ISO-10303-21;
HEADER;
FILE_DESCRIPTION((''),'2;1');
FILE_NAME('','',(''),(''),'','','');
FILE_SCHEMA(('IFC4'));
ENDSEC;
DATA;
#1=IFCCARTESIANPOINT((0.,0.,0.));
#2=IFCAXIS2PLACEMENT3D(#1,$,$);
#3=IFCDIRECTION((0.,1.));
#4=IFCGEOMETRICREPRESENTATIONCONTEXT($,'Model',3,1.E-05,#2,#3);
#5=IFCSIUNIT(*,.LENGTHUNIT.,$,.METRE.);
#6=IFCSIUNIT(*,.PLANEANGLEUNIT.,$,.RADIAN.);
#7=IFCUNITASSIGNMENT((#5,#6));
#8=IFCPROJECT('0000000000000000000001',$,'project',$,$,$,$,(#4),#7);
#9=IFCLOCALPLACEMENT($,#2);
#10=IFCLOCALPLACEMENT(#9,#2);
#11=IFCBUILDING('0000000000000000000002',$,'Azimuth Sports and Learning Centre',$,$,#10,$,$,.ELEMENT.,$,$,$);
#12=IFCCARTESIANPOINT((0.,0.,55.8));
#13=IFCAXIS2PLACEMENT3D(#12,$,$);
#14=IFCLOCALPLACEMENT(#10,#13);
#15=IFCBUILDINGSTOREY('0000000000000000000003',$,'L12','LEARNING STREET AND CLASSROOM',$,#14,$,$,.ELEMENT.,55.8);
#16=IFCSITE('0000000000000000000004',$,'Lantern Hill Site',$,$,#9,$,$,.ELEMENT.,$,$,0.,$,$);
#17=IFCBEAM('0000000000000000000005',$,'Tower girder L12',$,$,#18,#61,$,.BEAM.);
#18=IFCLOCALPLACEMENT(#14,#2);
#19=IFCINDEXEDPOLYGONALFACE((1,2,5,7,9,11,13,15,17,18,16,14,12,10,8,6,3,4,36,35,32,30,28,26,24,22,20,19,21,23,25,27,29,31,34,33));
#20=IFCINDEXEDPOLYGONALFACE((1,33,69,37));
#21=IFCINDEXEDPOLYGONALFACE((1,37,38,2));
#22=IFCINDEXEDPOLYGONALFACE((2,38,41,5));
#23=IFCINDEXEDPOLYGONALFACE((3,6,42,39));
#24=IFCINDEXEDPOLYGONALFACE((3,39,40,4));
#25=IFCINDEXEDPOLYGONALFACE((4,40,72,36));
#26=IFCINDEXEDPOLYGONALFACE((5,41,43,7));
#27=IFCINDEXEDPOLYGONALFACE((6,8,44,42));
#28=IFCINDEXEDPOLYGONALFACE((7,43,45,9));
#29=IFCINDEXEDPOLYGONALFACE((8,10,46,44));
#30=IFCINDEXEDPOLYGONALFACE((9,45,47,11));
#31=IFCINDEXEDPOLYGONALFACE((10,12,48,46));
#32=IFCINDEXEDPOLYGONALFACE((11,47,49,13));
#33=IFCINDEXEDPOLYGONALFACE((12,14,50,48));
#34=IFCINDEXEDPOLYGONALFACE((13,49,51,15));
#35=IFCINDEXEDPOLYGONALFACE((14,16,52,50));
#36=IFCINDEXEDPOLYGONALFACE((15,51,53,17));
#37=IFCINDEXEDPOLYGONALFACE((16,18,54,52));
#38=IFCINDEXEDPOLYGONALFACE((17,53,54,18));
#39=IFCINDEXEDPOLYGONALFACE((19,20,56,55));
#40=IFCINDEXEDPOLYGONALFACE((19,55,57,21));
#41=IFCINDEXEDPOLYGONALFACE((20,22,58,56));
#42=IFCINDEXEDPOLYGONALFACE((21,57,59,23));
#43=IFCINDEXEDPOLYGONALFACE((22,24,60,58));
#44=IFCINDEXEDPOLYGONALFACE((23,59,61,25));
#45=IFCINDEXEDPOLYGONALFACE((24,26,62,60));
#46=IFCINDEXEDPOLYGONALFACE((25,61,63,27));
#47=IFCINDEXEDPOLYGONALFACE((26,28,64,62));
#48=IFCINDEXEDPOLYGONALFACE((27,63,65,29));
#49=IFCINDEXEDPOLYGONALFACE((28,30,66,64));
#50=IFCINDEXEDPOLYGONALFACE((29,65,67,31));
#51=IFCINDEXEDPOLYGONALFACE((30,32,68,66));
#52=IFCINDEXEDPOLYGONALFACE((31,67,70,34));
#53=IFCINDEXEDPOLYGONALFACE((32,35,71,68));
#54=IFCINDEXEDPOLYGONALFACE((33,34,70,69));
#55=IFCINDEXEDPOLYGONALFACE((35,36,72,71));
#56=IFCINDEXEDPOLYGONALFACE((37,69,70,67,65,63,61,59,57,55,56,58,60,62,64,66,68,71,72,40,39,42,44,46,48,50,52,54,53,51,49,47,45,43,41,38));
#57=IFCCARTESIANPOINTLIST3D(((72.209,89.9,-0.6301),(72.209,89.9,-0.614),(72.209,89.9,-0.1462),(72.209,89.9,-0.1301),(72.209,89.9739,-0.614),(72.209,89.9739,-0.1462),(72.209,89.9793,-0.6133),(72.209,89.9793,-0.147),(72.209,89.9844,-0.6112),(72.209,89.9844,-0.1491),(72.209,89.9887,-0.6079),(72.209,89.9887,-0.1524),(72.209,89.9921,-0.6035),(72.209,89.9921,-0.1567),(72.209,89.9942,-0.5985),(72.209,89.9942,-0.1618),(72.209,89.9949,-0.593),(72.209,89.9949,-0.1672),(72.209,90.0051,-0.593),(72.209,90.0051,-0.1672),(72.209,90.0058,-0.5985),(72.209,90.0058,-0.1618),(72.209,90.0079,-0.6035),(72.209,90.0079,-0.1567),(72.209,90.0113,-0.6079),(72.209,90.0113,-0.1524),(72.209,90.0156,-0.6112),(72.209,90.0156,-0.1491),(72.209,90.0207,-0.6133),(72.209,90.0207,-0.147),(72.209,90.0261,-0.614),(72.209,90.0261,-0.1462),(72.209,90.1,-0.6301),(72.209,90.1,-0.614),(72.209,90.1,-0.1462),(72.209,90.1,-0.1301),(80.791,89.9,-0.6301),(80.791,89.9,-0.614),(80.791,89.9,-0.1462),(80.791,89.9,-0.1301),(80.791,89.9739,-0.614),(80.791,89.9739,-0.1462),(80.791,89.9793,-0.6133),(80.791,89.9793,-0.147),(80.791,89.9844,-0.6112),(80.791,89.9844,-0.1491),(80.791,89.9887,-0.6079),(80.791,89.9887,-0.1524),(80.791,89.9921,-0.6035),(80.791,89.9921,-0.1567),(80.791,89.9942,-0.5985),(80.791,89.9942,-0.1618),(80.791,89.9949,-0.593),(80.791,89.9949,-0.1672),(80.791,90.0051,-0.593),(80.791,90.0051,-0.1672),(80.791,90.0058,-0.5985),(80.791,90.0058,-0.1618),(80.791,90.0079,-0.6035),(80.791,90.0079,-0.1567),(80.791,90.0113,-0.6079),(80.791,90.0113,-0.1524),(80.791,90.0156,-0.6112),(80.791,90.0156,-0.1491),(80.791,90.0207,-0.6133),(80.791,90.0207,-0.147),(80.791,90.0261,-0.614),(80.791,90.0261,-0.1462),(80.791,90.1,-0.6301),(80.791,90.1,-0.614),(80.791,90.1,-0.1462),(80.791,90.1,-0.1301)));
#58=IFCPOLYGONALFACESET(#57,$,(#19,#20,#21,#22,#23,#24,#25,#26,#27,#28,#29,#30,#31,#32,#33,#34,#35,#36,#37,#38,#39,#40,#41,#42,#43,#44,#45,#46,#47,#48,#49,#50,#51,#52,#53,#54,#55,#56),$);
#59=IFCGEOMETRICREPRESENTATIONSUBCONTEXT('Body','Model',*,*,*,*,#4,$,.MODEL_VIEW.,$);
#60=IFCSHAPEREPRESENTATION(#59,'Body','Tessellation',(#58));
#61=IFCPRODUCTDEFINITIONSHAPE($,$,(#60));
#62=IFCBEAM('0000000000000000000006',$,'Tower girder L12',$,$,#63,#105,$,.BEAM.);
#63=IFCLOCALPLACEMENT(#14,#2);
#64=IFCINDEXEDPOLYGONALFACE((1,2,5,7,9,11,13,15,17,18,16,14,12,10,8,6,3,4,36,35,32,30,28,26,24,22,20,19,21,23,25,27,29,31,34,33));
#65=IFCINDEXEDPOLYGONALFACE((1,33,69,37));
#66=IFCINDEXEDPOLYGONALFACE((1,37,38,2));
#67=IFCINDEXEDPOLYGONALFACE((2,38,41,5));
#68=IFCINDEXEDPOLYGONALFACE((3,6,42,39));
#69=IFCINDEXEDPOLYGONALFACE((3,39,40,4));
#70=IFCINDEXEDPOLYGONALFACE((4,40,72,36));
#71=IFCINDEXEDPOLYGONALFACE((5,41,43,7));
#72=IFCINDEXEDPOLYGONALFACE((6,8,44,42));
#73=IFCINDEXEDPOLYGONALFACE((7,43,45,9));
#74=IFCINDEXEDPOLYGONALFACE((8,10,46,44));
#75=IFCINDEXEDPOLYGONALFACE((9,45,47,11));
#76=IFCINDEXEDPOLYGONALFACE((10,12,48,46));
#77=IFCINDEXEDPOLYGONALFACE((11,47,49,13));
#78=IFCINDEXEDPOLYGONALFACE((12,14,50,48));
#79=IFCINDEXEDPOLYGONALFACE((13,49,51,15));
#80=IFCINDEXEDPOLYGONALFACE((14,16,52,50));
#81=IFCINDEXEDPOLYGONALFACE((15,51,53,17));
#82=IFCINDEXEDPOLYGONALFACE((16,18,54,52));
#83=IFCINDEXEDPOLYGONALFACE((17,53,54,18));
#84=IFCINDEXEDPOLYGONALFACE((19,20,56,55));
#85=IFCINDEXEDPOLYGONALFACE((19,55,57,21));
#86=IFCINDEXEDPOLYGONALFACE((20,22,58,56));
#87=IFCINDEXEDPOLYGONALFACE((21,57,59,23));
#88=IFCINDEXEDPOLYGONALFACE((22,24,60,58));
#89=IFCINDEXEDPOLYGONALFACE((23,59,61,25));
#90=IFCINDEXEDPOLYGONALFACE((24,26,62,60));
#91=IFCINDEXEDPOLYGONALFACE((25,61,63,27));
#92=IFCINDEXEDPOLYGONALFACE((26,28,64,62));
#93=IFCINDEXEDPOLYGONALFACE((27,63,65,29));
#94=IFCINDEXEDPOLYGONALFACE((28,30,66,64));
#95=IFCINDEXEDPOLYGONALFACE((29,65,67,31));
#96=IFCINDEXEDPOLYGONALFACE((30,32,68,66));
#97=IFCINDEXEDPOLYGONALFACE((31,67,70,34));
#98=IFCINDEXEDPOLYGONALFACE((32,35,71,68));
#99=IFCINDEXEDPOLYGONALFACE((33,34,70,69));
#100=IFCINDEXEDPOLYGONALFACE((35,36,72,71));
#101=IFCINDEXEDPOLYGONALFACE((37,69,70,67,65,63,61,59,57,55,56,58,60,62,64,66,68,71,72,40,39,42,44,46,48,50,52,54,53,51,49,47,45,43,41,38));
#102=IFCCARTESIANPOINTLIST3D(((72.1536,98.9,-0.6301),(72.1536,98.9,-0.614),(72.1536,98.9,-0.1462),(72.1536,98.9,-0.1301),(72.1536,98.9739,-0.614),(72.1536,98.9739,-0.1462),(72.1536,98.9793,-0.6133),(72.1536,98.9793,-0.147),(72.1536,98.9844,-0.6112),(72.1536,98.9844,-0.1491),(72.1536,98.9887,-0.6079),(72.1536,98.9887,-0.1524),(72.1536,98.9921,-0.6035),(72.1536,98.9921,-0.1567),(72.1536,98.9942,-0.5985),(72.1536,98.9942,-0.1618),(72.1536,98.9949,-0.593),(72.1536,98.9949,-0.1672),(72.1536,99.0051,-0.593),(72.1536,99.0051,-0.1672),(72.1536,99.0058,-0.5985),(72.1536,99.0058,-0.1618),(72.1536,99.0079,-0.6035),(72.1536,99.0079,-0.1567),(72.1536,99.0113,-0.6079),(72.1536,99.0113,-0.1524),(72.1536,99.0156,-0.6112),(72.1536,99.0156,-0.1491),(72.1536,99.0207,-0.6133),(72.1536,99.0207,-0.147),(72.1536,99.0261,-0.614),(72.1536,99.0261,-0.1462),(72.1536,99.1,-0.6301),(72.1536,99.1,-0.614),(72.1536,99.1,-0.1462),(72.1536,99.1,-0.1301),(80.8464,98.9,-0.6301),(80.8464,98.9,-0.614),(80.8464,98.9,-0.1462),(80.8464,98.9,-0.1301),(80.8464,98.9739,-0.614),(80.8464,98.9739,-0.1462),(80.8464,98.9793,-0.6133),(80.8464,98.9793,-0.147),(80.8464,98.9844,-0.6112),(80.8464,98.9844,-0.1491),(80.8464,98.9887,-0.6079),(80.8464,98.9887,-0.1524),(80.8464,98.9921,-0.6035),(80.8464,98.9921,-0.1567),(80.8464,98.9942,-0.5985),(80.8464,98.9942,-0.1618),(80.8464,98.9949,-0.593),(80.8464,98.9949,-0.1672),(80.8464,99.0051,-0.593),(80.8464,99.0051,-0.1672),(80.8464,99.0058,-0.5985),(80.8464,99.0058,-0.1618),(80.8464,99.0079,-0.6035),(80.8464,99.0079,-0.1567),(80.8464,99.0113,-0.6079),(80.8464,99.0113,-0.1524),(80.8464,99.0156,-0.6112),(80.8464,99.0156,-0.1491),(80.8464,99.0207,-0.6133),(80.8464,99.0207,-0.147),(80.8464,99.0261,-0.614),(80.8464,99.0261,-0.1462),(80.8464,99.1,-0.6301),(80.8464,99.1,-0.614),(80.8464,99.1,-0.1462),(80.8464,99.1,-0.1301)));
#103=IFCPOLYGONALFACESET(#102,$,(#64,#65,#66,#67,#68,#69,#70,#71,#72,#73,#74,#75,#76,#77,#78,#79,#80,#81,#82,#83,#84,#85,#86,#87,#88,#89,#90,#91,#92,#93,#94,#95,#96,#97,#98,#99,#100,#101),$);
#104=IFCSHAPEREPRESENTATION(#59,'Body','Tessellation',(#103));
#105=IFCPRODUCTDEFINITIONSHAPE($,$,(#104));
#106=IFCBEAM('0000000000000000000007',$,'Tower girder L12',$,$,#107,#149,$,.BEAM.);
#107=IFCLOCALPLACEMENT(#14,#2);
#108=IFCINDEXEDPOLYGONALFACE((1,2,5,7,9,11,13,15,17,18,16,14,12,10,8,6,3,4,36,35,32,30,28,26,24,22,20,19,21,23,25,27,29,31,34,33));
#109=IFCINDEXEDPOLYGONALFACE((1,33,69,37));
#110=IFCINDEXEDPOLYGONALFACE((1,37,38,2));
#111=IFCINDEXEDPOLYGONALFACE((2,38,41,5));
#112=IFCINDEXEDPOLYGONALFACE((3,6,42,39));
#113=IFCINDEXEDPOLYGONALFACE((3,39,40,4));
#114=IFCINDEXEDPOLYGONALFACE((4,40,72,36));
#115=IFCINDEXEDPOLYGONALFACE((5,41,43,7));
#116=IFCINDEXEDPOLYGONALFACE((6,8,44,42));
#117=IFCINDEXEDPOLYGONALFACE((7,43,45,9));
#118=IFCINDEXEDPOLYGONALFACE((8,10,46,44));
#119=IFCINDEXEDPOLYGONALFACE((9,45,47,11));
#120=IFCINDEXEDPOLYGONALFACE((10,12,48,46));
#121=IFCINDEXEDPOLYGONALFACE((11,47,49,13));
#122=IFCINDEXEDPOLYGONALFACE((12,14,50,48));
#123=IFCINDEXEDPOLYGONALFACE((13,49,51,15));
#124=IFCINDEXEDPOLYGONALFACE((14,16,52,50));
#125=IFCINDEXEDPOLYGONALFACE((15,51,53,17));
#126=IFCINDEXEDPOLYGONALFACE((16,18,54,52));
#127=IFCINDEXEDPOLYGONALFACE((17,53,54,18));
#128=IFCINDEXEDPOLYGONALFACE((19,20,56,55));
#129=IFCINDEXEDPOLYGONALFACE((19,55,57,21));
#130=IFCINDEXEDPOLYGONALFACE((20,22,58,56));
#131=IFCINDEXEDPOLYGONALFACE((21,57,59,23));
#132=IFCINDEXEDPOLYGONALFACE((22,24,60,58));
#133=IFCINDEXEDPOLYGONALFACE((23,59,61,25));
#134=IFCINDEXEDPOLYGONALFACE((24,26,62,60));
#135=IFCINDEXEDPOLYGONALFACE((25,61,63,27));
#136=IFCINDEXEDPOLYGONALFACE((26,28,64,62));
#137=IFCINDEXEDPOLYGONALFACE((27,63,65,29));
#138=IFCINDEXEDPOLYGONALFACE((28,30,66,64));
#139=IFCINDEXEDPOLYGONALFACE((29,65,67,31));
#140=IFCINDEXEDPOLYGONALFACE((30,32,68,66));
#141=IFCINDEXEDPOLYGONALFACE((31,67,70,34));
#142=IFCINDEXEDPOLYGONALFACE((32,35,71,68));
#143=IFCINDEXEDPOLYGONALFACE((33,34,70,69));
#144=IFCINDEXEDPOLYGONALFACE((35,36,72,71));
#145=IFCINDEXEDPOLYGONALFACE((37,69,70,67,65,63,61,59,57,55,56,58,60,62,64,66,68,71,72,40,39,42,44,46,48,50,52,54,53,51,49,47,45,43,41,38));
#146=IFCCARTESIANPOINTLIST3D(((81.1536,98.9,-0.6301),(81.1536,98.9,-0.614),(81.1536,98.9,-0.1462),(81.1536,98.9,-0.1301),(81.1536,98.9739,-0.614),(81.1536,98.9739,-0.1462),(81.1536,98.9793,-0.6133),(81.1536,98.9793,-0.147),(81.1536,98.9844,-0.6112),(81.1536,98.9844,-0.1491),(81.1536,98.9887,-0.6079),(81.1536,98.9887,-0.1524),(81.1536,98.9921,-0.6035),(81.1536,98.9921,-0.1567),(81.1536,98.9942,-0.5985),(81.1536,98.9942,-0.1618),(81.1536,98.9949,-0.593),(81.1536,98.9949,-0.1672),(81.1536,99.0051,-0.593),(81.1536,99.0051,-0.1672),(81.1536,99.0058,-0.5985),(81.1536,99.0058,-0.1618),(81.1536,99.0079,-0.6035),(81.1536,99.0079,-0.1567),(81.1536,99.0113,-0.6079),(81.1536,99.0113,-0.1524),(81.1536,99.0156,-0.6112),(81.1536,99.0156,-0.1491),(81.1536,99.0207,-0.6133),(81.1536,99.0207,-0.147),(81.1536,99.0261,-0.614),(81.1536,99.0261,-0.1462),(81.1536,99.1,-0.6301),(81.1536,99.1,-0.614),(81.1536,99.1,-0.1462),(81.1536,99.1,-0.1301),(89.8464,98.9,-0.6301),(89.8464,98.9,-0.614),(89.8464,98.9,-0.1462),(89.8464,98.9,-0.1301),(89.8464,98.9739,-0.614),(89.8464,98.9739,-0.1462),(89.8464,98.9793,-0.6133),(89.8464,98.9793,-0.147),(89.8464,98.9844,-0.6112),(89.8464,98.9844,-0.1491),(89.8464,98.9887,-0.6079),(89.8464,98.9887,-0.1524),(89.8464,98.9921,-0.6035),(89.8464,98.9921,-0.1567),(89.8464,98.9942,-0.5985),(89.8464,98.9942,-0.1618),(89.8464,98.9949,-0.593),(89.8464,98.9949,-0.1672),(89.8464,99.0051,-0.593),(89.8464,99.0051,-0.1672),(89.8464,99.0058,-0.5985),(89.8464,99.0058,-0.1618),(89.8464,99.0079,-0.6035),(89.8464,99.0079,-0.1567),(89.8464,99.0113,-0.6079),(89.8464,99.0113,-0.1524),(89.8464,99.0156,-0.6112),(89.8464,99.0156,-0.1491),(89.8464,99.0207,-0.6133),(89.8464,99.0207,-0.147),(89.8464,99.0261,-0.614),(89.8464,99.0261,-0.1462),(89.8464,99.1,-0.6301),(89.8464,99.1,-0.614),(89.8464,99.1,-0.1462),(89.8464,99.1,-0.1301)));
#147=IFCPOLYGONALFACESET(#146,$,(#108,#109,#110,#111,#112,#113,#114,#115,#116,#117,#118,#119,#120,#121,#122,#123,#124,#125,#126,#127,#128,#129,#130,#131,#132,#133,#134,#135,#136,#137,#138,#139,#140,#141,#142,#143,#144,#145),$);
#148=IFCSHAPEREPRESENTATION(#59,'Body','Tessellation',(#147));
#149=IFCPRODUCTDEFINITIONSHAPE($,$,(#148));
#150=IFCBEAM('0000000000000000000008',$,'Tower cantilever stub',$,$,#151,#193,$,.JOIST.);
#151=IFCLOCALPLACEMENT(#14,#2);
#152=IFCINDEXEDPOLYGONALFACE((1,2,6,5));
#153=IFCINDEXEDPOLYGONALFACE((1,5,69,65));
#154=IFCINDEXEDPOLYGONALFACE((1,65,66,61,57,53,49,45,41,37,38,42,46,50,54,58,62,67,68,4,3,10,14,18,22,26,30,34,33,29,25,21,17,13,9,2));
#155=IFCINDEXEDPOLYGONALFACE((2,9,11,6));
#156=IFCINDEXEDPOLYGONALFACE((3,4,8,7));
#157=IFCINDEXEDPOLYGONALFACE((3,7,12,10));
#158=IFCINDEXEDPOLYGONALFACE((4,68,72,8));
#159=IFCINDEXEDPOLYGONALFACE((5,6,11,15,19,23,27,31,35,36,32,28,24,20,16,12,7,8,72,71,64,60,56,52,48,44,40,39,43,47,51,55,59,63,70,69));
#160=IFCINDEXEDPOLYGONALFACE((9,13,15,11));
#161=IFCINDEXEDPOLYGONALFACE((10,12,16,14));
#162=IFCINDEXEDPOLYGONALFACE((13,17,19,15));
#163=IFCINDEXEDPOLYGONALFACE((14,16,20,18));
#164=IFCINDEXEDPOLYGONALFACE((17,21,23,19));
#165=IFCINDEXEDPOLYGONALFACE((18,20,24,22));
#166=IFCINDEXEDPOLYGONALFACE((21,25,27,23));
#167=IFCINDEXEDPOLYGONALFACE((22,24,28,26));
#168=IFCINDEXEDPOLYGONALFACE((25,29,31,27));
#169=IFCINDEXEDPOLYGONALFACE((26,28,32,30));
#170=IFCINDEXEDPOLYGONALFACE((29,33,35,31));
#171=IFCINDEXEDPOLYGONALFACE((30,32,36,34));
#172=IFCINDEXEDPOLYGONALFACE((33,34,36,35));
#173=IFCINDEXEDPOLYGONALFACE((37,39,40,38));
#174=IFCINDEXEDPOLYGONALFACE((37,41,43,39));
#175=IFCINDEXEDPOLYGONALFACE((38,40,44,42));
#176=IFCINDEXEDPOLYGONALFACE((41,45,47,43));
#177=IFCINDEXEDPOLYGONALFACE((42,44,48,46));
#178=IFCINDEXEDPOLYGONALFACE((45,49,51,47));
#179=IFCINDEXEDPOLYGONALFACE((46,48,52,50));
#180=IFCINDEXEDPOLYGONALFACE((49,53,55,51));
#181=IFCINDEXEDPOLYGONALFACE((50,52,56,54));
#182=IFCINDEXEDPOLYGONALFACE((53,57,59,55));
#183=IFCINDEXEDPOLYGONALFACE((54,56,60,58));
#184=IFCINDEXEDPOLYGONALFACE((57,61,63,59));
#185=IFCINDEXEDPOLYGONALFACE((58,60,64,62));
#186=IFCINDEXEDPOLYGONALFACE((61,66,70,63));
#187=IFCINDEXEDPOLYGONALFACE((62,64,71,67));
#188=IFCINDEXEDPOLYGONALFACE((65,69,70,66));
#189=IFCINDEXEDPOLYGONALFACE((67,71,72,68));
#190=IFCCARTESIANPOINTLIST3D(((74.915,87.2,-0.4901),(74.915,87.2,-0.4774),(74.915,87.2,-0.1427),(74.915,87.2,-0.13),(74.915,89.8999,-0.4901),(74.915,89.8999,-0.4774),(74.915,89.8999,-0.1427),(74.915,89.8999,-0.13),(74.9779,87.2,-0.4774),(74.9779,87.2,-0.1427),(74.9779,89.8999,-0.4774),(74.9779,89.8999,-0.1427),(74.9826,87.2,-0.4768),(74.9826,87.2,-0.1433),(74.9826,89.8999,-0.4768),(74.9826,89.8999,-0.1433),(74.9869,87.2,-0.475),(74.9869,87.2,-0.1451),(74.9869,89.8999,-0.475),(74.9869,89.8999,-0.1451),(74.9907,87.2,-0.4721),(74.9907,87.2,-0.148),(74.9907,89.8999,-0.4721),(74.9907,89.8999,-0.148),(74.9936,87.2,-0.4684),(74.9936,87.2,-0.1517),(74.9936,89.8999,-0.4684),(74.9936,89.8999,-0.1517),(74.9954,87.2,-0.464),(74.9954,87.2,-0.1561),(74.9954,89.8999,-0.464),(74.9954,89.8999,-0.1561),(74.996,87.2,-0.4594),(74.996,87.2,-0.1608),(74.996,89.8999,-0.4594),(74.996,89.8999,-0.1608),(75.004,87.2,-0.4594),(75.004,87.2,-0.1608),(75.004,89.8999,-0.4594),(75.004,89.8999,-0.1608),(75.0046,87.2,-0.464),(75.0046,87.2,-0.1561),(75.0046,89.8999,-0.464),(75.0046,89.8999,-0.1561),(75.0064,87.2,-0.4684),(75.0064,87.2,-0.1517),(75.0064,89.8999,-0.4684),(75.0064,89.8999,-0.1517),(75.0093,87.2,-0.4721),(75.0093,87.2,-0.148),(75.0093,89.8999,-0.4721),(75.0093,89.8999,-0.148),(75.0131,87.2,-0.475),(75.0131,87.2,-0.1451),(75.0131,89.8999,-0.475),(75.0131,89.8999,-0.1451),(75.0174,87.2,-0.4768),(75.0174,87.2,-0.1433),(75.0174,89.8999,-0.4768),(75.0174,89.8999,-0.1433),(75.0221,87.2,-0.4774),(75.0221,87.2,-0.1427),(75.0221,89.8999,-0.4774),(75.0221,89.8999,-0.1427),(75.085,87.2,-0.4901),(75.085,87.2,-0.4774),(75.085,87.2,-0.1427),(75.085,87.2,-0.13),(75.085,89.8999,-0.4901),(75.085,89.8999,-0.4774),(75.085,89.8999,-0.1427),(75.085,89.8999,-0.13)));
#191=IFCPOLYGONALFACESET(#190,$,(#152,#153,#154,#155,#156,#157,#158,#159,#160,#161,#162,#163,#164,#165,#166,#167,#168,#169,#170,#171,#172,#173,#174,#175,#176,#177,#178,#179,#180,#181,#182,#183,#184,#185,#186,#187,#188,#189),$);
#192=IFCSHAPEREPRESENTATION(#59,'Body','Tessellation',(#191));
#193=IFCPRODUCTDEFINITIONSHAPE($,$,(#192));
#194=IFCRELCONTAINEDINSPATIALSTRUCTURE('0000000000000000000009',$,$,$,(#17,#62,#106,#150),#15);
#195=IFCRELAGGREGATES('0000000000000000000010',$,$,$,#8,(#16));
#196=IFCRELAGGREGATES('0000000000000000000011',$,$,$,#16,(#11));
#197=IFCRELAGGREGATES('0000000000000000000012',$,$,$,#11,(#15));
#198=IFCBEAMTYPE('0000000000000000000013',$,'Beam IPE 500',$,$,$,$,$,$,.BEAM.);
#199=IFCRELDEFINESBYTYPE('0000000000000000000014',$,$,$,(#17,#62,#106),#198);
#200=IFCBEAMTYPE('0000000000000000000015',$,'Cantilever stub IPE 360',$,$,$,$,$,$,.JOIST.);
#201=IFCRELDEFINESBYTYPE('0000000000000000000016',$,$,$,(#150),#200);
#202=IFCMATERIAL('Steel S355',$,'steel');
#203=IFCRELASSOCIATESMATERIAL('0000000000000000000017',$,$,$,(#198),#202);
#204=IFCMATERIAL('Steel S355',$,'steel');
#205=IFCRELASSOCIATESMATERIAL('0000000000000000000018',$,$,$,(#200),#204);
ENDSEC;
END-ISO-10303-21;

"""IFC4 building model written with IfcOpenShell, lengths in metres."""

from ifc_helpers import new_model, si_unit, direction, frame, origin, origin_2d, place, context, subcontext, project, spatial, i_section, extrude, material, material_profile, profile_set, type_object, element, save


model = new_model("IFC4")

# Units and contexts
model_context = context("Model", 3, precision=1e-05, world=origin(), true_north=direction((0.0, 1.0)))
body_context = subcontext(model_context, "Body", "Model", "MODEL_VIEW")
ifc_project = project(units=[si_unit("LENGTHUNIT", "METRE"), si_unit("PLANEANGLEUNIT", "RADIAN")], contexts=[model_context])

# Site, building, storey
site_placement = place(None, origin())
site = spatial("IfcSite", under=ifc_project, at=site_placement, Name="Lantern Hill Site", CompositionType="ELEMENT", RefElevation=0.0)
building_placement = place(site_placement, origin())
building = spatial("IfcBuilding", under=site, at=building_placement, Name="Azimuth Sports and Learning Centre", CompositionType="ELEMENT")
storey_placement = place(building_placement, frame((0.0, 0.0, 55.8)))
storey = spatial("IfcBuildingStorey", under=building, at=storey_placement, Name="L12", Description="LEARNING STREET AND CLASSROOM", CompositionType="ELEMENT", Elevation=55.8)

# Beams
ifc_material_1 = material(Name="Steel S355", Category="steel")
ifc_material_profile_1 = material_profile(ifc_material_1, i_section(OverallWidth=0.2, OverallDepth=0.5, WebThickness=0.0103, FlangeThickness=0.0161, FilletRadius=0.021, at=origin_2d()), Name="IPE 500")
ifc_profile_set_1 = profile_set([ifc_material_profile_1], Name="Steel S355")
beam_type_1 = type_object("IfcBeamType", Name="Beam IPE 500", PredefinedType="BEAM", material=ifc_profile_set_1)
beam_1_placement = place(storey_placement, frame((72.209, 90.0, -0.3801), z_axis=(1.0, 0.0, 0.0), x_axis=(0.0, 1.0, 0.0)))
element("IfcBeam", 1, at=beam_1_placement, inside=storey, type_object=beam_type_1, Name="Tower girder L12", PredefinedType="BEAM", context=body_context, shape_type="SweptSolid", body=[
    extrude(i_section(OverallWidth=0.2, OverallDepth=0.5, WebThickness=0.0103, FlangeThickness=0.0161, FilletRadius=0.021, at=origin_2d()), origin(), (0.0, 0.0, 1.0), 8.582),
])
for number, where, z_axis, x_axis, name in (
    (2, (72.1536, 99.0, -0.3801), (1.0, 0.0, 0.0), (0.0, 1.0, 0.0), "Tower girder L12"),
    (3, (81.1536, 99.0, -0.3801), (1.0, 0.0, 0.0), (0.0, 1.0, 0.0), "Tower girder L12"),
):
    element("IfcBeam", number, at=place(storey_placement, frame(where, z_axis=z_axis, x_axis=x_axis)), inside=storey, type_object=beam_type_1, Name=name, PredefinedType="BEAM", context=body_context, shape_type="SweptSolid", body=[
        extrude(i_section(OverallWidth=0.2, OverallDepth=0.5, WebThickness=0.0103, FlangeThickness=0.0161, FilletRadius=0.021, at=origin_2d()), origin(), (0.0, 0.0, 1.0), 8.6929),
    ])
ifc_material_2 = material(Name="Steel S355", Category="steel")
ifc_material_profile_2 = material_profile(ifc_material_2, i_section(OverallWidth=0.1699, OverallDepth=0.3601, WebThickness=0.0081, FlangeThickness=0.0127, FilletRadius=0.0181, at=origin_2d()), Name="IPE 360")
ifc_profile_set_2 = profile_set([ifc_material_profile_2], Name="Steel S355")
beam_type_2 = type_object("IfcBeamType", Name="Cantilever stub IPE 360", PredefinedType="JOIST", material=ifc_profile_set_2)
beam_2_placement = place(storey_placement, frame((75.0, 89.8999, -0.3101), z_axis=(0.0, -1.0, 0.0), x_axis=(1.0, 0.0, 0.0)))
element("IfcBeam", 4, at=beam_2_placement, inside=storey, type_object=beam_type_2, Name="Tower cantilever stub", PredefinedType="JOIST", context=body_context, shape_type="SweptSolid", body=[
    extrude(i_section(OverallWidth=0.1699, OverallDepth=0.3601, WebThickness=0.0081, FlangeThickness=0.0127, FilletRadius=0.0181, at=origin_2d()), origin(), (0.0, 0.0, 1.0), 2.7),
])

save(model, "model.ifc")
